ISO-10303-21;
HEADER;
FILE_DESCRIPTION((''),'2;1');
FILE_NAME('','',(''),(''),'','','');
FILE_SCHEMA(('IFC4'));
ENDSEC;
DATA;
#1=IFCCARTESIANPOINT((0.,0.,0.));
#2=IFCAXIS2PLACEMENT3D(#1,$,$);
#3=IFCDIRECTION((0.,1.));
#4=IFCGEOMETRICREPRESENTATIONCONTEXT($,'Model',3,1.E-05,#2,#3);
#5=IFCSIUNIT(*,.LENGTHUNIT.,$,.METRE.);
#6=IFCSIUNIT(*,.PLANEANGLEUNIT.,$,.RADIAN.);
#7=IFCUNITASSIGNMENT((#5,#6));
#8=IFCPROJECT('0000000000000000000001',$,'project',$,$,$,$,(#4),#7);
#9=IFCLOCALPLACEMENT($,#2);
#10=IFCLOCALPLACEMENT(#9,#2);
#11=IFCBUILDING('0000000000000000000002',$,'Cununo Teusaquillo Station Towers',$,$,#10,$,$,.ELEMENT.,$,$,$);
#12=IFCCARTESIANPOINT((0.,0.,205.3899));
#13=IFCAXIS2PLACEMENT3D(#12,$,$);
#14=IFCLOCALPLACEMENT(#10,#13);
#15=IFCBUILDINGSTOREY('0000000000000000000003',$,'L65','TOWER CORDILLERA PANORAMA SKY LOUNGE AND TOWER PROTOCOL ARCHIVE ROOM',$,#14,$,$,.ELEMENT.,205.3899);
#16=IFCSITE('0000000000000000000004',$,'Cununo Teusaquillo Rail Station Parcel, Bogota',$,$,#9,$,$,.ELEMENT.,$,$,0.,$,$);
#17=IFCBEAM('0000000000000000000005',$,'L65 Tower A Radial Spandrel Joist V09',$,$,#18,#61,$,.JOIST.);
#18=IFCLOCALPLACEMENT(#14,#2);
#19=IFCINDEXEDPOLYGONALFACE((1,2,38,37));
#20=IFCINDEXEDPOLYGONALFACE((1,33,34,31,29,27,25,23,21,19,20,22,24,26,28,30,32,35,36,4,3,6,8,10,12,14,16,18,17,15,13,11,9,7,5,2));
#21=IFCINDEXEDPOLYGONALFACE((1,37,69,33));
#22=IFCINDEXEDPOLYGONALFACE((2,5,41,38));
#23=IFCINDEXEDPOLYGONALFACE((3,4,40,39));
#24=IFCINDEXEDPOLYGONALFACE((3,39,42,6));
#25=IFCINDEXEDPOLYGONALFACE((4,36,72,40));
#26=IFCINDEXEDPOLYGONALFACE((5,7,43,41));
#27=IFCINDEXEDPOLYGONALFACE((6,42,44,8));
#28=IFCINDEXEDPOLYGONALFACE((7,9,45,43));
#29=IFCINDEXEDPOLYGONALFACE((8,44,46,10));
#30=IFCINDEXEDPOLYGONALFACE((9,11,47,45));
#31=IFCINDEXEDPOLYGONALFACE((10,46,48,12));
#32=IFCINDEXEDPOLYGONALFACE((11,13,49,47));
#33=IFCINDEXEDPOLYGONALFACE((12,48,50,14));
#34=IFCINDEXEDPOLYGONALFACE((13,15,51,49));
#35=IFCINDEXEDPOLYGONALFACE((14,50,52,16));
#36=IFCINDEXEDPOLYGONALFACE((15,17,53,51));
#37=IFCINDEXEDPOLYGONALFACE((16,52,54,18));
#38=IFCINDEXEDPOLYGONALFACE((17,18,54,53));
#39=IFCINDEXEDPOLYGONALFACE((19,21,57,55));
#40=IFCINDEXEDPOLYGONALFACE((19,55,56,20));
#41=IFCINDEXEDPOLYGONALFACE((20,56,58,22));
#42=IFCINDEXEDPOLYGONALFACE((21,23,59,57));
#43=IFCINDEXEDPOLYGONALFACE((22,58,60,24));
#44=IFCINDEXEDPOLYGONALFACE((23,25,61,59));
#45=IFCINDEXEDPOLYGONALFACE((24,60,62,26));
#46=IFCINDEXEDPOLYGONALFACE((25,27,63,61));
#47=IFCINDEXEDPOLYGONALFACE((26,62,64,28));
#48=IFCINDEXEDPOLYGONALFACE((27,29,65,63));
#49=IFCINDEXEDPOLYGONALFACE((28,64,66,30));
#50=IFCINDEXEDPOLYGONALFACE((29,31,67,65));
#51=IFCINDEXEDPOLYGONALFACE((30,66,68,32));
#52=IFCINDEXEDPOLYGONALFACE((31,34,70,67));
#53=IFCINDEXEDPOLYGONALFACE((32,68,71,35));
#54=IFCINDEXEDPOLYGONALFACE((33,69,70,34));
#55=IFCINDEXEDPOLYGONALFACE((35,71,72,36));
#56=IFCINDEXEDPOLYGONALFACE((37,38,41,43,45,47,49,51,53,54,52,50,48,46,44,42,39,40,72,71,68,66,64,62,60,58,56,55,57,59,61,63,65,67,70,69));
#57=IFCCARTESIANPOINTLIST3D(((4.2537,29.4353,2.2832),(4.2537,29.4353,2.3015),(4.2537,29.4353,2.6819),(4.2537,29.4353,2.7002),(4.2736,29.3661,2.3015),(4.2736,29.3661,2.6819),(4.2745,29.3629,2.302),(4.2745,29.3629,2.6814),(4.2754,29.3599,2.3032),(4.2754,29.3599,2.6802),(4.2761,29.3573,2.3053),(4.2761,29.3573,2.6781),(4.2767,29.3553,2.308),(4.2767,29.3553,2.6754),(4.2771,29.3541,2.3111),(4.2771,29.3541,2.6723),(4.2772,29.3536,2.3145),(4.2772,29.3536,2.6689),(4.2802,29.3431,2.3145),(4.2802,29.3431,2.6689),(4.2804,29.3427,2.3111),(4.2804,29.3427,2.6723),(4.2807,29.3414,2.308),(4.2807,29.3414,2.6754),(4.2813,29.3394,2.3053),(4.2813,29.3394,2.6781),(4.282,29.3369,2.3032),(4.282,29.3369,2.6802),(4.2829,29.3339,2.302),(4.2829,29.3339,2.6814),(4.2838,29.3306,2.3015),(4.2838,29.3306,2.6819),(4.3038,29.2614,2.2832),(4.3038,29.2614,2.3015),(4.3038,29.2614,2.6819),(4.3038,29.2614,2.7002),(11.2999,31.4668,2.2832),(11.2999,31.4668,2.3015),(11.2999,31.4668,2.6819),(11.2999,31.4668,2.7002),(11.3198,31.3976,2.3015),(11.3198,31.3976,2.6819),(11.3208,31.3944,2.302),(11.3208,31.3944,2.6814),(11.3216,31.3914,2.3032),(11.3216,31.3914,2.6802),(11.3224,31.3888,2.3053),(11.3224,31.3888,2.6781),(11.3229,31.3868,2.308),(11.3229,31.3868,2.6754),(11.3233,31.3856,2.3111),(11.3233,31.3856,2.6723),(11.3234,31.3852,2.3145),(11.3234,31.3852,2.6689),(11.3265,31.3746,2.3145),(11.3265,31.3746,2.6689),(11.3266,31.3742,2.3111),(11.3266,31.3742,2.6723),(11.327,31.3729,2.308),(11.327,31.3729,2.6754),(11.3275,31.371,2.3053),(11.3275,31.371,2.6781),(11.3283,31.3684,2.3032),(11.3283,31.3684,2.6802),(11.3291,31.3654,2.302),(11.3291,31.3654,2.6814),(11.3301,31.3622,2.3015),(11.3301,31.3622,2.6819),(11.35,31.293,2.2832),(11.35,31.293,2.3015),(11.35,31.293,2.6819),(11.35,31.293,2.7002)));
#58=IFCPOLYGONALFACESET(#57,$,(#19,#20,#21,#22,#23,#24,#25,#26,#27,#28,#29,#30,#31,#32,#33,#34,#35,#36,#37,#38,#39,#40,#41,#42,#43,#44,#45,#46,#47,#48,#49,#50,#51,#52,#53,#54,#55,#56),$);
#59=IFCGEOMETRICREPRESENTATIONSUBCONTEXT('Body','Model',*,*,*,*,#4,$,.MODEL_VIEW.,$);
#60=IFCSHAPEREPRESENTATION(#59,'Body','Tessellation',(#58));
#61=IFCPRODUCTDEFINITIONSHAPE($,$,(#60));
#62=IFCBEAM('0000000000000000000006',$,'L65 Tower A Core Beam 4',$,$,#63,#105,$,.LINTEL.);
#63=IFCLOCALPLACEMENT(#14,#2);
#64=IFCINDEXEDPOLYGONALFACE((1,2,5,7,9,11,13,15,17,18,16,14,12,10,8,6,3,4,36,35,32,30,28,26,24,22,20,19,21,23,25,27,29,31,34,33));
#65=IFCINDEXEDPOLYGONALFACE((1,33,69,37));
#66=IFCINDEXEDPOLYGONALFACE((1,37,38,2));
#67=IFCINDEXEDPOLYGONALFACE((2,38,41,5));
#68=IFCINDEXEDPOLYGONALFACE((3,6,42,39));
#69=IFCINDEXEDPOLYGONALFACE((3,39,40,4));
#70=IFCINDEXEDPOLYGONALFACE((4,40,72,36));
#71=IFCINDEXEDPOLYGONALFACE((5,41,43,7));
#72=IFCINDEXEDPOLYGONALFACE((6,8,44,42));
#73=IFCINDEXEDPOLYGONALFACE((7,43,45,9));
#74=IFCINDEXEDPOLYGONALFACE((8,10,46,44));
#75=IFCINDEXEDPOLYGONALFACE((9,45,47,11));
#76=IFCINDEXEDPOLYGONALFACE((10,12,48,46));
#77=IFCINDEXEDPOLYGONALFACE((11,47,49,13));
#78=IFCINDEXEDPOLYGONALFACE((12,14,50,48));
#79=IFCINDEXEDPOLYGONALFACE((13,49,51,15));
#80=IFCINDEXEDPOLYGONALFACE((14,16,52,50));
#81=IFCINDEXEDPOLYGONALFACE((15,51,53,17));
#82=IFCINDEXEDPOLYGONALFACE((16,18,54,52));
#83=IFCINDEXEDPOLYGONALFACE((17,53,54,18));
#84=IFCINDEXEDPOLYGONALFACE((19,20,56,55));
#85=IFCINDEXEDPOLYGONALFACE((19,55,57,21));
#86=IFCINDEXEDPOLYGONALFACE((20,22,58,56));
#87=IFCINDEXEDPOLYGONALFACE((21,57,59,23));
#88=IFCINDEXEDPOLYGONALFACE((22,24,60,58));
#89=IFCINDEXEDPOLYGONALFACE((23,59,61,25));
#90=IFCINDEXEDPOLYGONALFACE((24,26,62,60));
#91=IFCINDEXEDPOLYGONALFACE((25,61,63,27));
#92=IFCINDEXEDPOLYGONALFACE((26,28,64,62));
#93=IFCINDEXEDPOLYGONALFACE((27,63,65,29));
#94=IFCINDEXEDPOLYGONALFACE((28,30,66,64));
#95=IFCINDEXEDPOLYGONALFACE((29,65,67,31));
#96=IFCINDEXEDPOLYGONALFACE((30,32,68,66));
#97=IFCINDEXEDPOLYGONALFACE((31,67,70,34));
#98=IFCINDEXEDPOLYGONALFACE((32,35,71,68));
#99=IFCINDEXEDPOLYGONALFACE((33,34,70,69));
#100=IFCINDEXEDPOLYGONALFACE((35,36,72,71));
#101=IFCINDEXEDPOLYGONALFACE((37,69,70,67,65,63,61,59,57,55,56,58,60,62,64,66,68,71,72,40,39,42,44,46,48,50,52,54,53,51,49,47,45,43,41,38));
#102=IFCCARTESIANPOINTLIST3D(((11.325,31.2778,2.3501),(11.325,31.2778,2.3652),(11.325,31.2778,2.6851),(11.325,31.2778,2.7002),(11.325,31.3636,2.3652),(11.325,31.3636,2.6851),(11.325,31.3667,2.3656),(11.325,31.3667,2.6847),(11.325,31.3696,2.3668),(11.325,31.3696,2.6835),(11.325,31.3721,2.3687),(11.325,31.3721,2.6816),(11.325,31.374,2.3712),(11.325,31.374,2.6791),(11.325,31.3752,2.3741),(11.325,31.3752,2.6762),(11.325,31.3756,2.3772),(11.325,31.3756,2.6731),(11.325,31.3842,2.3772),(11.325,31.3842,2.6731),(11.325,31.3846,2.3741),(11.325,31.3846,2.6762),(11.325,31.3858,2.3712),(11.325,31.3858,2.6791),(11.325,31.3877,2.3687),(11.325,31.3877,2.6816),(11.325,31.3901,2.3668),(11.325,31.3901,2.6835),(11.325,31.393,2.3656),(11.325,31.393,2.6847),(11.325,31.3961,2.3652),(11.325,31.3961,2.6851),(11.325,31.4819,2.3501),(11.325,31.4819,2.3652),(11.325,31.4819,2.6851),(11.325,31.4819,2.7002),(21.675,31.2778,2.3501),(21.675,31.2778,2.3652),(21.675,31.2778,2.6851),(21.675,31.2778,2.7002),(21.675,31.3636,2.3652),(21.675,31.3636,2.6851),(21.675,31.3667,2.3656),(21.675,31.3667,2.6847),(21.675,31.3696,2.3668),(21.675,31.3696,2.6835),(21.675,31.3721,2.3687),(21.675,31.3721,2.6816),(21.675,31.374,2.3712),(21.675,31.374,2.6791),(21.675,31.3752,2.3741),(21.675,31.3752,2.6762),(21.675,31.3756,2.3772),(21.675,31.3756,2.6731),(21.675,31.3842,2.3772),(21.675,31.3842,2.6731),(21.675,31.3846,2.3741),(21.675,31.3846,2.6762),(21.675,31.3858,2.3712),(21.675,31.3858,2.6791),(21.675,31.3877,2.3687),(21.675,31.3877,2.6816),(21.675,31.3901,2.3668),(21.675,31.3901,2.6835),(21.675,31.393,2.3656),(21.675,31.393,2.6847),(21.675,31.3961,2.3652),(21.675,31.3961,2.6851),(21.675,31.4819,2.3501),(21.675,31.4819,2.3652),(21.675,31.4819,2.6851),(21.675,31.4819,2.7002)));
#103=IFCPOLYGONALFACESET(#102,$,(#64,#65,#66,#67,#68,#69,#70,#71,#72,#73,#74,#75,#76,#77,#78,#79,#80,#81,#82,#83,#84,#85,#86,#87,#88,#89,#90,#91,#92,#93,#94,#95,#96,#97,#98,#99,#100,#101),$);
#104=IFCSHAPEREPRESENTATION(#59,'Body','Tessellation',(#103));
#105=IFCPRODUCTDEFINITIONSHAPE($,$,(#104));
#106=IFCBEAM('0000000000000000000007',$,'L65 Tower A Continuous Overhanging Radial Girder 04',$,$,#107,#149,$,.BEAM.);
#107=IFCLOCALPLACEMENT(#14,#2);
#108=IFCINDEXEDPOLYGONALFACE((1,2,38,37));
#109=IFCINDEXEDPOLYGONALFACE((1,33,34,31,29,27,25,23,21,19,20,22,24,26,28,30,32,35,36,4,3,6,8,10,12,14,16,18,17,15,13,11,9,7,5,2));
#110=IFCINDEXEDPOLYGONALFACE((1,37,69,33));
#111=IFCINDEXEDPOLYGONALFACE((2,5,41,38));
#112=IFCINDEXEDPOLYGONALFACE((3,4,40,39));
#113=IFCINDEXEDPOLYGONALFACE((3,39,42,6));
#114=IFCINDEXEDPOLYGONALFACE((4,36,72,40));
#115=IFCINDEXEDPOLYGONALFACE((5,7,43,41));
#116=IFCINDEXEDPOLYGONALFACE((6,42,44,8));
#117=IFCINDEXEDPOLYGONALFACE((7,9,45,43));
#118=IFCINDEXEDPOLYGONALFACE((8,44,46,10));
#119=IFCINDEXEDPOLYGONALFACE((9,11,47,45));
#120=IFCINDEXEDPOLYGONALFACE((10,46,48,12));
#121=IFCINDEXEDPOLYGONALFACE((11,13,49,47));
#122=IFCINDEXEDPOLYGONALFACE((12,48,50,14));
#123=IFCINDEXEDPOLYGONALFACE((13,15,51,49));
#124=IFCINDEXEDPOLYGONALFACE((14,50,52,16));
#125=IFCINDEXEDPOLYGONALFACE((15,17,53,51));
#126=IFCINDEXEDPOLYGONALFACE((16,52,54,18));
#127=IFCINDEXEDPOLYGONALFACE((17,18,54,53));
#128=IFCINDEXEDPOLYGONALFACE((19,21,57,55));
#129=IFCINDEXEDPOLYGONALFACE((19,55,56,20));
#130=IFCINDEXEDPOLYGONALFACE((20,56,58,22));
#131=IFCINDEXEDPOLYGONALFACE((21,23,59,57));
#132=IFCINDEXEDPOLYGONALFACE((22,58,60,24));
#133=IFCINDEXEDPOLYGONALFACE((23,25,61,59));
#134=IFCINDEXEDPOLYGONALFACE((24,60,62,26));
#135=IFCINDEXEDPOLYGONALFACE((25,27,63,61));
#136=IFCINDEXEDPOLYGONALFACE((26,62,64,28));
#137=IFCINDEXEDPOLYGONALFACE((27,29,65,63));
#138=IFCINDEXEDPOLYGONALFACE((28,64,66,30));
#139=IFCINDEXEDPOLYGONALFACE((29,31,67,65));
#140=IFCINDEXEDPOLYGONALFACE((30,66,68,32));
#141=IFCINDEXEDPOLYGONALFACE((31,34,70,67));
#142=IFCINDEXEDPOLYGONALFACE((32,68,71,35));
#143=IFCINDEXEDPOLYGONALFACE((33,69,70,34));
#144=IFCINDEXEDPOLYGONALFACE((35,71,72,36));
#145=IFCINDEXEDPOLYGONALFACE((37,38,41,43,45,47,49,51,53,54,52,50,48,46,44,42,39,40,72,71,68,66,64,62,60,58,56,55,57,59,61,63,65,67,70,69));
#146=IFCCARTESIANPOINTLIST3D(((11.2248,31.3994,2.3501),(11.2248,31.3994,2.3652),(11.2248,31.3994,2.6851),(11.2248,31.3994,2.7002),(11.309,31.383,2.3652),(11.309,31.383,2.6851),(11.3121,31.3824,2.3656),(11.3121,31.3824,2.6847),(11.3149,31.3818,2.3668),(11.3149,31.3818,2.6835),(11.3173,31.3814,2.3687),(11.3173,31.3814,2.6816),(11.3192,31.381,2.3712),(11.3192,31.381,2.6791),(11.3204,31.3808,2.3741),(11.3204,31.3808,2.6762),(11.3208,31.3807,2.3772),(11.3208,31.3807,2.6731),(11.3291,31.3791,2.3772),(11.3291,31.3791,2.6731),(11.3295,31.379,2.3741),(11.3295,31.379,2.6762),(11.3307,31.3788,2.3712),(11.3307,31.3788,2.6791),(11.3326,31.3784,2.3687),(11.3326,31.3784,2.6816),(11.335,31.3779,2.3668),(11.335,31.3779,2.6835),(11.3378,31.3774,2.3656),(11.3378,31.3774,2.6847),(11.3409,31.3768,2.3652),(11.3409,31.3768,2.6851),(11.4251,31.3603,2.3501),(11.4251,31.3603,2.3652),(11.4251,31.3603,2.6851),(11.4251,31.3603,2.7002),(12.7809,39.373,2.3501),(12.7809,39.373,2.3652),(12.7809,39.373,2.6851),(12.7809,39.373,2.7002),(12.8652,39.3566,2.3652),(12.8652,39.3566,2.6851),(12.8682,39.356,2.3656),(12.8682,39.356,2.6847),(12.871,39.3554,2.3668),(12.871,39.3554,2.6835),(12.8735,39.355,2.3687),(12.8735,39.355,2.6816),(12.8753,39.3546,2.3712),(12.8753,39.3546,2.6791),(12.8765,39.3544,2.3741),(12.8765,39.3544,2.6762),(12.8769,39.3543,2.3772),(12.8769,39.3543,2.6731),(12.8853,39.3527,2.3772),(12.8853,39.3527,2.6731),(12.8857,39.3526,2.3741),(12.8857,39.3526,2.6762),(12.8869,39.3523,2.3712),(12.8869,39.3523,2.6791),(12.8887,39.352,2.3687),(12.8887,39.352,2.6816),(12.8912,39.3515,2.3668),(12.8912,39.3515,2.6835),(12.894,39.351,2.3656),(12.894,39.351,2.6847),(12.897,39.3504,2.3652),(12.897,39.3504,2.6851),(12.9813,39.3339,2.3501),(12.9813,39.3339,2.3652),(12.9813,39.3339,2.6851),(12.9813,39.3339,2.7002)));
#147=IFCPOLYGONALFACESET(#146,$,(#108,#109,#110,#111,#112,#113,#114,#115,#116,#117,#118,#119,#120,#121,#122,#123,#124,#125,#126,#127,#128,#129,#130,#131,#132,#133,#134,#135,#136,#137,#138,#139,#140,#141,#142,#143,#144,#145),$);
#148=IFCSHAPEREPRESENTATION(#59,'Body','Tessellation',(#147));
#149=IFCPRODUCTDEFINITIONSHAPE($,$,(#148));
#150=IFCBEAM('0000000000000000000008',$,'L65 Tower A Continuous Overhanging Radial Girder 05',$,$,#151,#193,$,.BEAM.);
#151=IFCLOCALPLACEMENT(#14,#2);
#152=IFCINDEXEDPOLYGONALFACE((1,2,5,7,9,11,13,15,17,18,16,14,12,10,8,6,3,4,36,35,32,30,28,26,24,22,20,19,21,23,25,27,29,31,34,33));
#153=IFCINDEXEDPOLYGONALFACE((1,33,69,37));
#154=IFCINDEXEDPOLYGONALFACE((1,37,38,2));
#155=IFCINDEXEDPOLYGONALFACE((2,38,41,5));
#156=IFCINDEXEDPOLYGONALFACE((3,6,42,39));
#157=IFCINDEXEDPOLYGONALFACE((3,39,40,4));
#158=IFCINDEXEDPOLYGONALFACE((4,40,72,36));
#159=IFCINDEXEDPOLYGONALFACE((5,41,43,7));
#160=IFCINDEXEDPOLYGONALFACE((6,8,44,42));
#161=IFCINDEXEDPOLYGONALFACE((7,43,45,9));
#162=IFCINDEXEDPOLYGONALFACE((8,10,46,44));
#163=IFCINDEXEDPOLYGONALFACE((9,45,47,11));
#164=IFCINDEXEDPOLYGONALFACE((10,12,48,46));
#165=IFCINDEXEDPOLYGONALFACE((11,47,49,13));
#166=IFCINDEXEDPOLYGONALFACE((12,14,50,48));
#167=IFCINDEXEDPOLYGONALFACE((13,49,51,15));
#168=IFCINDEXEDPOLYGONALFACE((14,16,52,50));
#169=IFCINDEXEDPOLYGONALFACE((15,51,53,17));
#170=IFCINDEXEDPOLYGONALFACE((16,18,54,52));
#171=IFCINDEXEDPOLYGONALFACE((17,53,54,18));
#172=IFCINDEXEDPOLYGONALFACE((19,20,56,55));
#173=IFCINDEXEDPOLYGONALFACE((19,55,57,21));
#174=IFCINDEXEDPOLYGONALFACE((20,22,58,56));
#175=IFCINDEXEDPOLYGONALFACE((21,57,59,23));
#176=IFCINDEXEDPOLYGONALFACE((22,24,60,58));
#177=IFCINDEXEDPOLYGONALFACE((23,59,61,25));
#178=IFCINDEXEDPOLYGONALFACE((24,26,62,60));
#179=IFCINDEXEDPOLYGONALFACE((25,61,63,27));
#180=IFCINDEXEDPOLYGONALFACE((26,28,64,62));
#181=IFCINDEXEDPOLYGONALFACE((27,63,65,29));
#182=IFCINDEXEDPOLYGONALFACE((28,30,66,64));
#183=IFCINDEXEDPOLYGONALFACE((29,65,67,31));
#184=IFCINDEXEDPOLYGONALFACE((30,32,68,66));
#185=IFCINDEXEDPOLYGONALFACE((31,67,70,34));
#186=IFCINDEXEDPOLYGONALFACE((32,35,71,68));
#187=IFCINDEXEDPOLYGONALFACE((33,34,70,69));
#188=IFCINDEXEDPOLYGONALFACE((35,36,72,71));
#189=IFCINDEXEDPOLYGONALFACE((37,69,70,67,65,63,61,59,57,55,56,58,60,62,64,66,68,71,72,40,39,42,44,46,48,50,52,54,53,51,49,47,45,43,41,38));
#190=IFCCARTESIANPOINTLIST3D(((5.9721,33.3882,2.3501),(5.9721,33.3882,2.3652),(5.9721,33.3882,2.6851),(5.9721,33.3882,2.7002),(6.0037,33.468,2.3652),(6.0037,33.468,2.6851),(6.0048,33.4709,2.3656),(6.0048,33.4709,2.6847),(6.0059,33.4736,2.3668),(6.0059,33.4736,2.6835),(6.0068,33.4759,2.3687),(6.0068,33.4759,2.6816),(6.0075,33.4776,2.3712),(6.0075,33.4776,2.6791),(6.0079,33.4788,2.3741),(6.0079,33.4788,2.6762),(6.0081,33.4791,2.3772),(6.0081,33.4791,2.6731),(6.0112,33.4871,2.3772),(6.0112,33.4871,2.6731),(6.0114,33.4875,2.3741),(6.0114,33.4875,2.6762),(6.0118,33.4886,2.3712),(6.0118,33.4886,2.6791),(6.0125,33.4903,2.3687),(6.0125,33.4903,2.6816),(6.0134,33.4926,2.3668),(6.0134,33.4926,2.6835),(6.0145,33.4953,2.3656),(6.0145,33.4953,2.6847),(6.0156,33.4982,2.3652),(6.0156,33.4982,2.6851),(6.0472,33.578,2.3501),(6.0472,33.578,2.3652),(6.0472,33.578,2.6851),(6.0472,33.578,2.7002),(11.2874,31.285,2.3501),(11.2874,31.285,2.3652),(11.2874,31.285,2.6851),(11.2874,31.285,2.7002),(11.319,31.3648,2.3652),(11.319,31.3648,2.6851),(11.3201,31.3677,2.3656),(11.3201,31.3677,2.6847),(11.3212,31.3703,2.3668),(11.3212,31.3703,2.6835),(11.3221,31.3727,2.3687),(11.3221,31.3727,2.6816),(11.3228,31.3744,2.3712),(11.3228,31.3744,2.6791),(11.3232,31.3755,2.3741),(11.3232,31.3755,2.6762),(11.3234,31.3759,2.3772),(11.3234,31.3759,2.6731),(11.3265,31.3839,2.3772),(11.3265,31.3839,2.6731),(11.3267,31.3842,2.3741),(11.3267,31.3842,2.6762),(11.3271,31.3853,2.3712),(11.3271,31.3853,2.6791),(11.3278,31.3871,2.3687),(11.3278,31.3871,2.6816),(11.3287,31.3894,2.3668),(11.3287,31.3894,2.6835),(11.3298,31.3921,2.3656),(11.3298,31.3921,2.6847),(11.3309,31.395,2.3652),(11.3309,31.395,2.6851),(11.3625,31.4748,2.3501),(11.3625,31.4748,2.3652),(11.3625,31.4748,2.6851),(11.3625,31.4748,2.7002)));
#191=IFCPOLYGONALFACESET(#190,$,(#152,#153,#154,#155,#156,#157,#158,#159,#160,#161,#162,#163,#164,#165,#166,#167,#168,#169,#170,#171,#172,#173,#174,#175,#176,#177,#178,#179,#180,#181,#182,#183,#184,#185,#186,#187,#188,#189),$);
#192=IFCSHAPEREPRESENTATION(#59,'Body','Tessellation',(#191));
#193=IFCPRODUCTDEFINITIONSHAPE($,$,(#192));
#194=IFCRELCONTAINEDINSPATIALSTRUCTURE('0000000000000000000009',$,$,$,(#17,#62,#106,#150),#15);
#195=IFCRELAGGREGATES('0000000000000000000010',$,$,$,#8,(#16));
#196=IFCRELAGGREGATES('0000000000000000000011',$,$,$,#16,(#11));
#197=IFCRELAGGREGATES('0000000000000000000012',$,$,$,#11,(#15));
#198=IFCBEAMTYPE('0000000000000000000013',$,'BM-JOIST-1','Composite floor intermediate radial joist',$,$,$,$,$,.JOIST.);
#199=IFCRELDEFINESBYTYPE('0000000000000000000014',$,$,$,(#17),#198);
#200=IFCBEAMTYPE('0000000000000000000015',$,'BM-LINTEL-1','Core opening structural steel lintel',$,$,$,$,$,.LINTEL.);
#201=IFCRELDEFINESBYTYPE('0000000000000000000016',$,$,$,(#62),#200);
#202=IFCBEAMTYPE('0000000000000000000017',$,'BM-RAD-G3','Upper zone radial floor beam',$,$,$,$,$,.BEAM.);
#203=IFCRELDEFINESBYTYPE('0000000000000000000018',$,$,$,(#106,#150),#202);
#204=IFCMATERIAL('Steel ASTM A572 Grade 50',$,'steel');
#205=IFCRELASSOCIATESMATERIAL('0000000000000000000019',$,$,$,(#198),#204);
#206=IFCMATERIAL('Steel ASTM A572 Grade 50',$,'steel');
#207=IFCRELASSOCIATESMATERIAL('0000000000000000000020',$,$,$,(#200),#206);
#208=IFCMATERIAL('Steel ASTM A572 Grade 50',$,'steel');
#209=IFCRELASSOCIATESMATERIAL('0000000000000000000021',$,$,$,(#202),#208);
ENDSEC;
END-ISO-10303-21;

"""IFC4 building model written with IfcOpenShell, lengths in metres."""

from ifc_helpers import new_model, si_unit, direction, frame, origin, origin_2d, place, context, subcontext, project, spatial, i_section, extrude, material, material_profile, profile_set, type_object, element, save


model = new_model("IFC4")

# Units and contexts
model_context = context("Model", 3, precision=1e-05, world=origin(), true_north=direction((0.0, 1.0)))
body_context = subcontext(model_context, "Body", "Model", "MODEL_VIEW")
ifc_project = project(units=[si_unit("LENGTHUNIT", "METRE"), si_unit("PLANEANGLEUNIT", "RADIAN")], contexts=[model_context])

# Site, building, storey
site_placement = place(None, origin())
site = spatial("IfcSite", under=ifc_project, at=site_placement, Name="Cununo Teusaquillo Rail Station Parcel, Bogota", CompositionType="ELEMENT", RefElevation=0.0)
building_placement = place(site_placement, origin())
building = spatial("IfcBuilding", under=site, at=building_placement, Name="Cununo Teusaquillo Station Towers", CompositionType="ELEMENT")
storey_placement = place(building_placement, frame((0.0, 0.0, 205.3899)))
storey = spatial("IfcBuildingStorey", under=building, at=storey_placement, Name="L65", Description="TOWER CORDILLERA PANORAMA SKY LOUNGE AND TOWER PROTOCOL ARCHIVE ROOM", CompositionType="ELEMENT", Elevation=205.3899)

# Beams
ifc_material_1 = material(Name="Steel ASTM A572 Grade 50", Category="steel")
ifc_material_profile_1 = material_profile(ifc_material_1, i_section(OverallWidth=0.1809, OverallDepth=0.417, WebThickness=0.011, FlangeThickness=0.0183, FilletRadius=0.0129, at=origin_2d()), Name="W16X57")
ifc_profile_set_1 = profile_set([ifc_material_profile_1], Name="Steel ASTM A572 Grade 50")
beam_type_1 = type_object("IfcBeamType", Name="BM-JOIST-1", Description="Composite floor intermediate radial joist", PredefinedType="JOIST", material=ifc_profile_set_1)
beam_1_placement = place(storey_placement, frame((11.325, 31.3799, 2.4917), z_axis=(-0.960862, -0.277029, 0.0), x_axis=(0.277029, -0.960862, 0.0)))
element("IfcBeam", 1, at=beam_1_placement, inside=storey, type_object=beam_type_1, Name="L65 Tower A Radial Spandrel Joist V09", PredefinedType="JOIST", context=body_context, shape_type="SweptSolid", body=[
    extrude(i_section(OverallWidth=0.1809, OverallDepth=0.417, WebThickness=0.011, FlangeThickness=0.0183, FilletRadius=0.0129, at=origin_2d()), origin(), (0.0, 0.0, 1.0), 7.3333),
])
ifc_material_2 = material(Name="Steel ASTM A572 Grade 50", Category="steel")
ifc_material_profile_2 = material_profile(ifc_material_2, i_section(OverallWidth=0.2041, OverallDepth=0.3501, WebThickness=0.0085, FlangeThickness=0.0151, FilletRadius=0.012, at=origin_2d()), Name="W14X48")
ifc_profile_set_2 = profile_set([ifc_material_profile_2], Name="Steel ASTM A572 Grade 50")
beam_type_2 = type_object("IfcBeamType", Name="BM-LINTEL-1", Description="Core opening structural steel lintel", PredefinedType="LINTEL", material=ifc_profile_set_2)
beam_2_placement = place(storey_placement, frame((11.325, 31.3799, 2.5251), z_axis=(1.0, 0.0, 0.0), x_axis=(0.0, 1.0, 0.0)))
element("IfcBeam", 2, at=beam_2_placement, inside=storey, type_object=beam_type_2, Name="L65 Tower A Core Beam 4", PredefinedType="LINTEL", context=body_context, shape_type="SweptSolid", body=[
    extrude(i_section(OverallWidth=0.2041, OverallDepth=0.3501, WebThickness=0.0085, FlangeThickness=0.0151, FilletRadius=0.012, at=origin_2d()), origin(), (0.0, 0.0, 1.0), 10.3501),
])
ifc_material_3 = material(Name="Steel ASTM A572 Grade 50", Category="steel")
ifc_material_profile_3 = material_profile(ifc_material_3, i_section(OverallWidth=0.2041, OverallDepth=0.3501, WebThickness=0.0085, FlangeThickness=0.0151, FilletRadius=0.012, at=origin_2d()), Name="W14X48")
ifc_profile_set_3 = profile_set([ifc_material_profile_3], Name="Steel ASTM A572 Grade 50")
beam_type_3 = type_object("IfcBeamType", Name="BM-RAD-G3", Description="Upper zone radial floor beam", PredefinedType="BEAM", material=ifc_profile_set_3)
beam_3_placement = place(storey_placement, frame((11.325, 31.3799, 2.5251), z_axis=(0.191548, 0.981483, 0.0), x_axis=(-0.981483, 0.191548, 0.0)))
element("IfcBeam", 3, at=beam_3_placement, inside=storey, type_object=beam_type_3, Name="L65 Tower A Continuous Overhanging Radial Girder 04", PredefinedType="BEAM", context=body_context, shape_type="SweptSolid", body=[
    extrude(i_section(OverallWidth=0.2041, OverallDepth=0.3501, WebThickness=0.0085, FlangeThickness=0.0151, FilletRadius=0.012, at=origin_2d()), origin(), (0.0, 0.0, 1.0), 8.124),
])
beam_4_placement = place(storey_placement, frame((11.325, 31.3799, 2.5251), z_axis=(-0.929852, 0.367935, 0.0), x_axis=(-0.367935, -0.929852, 0.0)))
element("IfcBeam", 4, at=beam_4_placement, inside=storey, type_object=beam_type_3, Name="L65 Tower A Continuous Overhanging Radial Girder 05", PredefinedType="BEAM", context=body_context, shape_type="SweptSolid", body=[
    extrude(i_section(OverallWidth=0.2041, OverallDepth=0.3501, WebThickness=0.0085, FlangeThickness=0.0151, FilletRadius=0.012, at=origin_2d()), origin(), (0.0, 0.0, 1.0), 5.7163),
])

save(model, "model.ifc")
